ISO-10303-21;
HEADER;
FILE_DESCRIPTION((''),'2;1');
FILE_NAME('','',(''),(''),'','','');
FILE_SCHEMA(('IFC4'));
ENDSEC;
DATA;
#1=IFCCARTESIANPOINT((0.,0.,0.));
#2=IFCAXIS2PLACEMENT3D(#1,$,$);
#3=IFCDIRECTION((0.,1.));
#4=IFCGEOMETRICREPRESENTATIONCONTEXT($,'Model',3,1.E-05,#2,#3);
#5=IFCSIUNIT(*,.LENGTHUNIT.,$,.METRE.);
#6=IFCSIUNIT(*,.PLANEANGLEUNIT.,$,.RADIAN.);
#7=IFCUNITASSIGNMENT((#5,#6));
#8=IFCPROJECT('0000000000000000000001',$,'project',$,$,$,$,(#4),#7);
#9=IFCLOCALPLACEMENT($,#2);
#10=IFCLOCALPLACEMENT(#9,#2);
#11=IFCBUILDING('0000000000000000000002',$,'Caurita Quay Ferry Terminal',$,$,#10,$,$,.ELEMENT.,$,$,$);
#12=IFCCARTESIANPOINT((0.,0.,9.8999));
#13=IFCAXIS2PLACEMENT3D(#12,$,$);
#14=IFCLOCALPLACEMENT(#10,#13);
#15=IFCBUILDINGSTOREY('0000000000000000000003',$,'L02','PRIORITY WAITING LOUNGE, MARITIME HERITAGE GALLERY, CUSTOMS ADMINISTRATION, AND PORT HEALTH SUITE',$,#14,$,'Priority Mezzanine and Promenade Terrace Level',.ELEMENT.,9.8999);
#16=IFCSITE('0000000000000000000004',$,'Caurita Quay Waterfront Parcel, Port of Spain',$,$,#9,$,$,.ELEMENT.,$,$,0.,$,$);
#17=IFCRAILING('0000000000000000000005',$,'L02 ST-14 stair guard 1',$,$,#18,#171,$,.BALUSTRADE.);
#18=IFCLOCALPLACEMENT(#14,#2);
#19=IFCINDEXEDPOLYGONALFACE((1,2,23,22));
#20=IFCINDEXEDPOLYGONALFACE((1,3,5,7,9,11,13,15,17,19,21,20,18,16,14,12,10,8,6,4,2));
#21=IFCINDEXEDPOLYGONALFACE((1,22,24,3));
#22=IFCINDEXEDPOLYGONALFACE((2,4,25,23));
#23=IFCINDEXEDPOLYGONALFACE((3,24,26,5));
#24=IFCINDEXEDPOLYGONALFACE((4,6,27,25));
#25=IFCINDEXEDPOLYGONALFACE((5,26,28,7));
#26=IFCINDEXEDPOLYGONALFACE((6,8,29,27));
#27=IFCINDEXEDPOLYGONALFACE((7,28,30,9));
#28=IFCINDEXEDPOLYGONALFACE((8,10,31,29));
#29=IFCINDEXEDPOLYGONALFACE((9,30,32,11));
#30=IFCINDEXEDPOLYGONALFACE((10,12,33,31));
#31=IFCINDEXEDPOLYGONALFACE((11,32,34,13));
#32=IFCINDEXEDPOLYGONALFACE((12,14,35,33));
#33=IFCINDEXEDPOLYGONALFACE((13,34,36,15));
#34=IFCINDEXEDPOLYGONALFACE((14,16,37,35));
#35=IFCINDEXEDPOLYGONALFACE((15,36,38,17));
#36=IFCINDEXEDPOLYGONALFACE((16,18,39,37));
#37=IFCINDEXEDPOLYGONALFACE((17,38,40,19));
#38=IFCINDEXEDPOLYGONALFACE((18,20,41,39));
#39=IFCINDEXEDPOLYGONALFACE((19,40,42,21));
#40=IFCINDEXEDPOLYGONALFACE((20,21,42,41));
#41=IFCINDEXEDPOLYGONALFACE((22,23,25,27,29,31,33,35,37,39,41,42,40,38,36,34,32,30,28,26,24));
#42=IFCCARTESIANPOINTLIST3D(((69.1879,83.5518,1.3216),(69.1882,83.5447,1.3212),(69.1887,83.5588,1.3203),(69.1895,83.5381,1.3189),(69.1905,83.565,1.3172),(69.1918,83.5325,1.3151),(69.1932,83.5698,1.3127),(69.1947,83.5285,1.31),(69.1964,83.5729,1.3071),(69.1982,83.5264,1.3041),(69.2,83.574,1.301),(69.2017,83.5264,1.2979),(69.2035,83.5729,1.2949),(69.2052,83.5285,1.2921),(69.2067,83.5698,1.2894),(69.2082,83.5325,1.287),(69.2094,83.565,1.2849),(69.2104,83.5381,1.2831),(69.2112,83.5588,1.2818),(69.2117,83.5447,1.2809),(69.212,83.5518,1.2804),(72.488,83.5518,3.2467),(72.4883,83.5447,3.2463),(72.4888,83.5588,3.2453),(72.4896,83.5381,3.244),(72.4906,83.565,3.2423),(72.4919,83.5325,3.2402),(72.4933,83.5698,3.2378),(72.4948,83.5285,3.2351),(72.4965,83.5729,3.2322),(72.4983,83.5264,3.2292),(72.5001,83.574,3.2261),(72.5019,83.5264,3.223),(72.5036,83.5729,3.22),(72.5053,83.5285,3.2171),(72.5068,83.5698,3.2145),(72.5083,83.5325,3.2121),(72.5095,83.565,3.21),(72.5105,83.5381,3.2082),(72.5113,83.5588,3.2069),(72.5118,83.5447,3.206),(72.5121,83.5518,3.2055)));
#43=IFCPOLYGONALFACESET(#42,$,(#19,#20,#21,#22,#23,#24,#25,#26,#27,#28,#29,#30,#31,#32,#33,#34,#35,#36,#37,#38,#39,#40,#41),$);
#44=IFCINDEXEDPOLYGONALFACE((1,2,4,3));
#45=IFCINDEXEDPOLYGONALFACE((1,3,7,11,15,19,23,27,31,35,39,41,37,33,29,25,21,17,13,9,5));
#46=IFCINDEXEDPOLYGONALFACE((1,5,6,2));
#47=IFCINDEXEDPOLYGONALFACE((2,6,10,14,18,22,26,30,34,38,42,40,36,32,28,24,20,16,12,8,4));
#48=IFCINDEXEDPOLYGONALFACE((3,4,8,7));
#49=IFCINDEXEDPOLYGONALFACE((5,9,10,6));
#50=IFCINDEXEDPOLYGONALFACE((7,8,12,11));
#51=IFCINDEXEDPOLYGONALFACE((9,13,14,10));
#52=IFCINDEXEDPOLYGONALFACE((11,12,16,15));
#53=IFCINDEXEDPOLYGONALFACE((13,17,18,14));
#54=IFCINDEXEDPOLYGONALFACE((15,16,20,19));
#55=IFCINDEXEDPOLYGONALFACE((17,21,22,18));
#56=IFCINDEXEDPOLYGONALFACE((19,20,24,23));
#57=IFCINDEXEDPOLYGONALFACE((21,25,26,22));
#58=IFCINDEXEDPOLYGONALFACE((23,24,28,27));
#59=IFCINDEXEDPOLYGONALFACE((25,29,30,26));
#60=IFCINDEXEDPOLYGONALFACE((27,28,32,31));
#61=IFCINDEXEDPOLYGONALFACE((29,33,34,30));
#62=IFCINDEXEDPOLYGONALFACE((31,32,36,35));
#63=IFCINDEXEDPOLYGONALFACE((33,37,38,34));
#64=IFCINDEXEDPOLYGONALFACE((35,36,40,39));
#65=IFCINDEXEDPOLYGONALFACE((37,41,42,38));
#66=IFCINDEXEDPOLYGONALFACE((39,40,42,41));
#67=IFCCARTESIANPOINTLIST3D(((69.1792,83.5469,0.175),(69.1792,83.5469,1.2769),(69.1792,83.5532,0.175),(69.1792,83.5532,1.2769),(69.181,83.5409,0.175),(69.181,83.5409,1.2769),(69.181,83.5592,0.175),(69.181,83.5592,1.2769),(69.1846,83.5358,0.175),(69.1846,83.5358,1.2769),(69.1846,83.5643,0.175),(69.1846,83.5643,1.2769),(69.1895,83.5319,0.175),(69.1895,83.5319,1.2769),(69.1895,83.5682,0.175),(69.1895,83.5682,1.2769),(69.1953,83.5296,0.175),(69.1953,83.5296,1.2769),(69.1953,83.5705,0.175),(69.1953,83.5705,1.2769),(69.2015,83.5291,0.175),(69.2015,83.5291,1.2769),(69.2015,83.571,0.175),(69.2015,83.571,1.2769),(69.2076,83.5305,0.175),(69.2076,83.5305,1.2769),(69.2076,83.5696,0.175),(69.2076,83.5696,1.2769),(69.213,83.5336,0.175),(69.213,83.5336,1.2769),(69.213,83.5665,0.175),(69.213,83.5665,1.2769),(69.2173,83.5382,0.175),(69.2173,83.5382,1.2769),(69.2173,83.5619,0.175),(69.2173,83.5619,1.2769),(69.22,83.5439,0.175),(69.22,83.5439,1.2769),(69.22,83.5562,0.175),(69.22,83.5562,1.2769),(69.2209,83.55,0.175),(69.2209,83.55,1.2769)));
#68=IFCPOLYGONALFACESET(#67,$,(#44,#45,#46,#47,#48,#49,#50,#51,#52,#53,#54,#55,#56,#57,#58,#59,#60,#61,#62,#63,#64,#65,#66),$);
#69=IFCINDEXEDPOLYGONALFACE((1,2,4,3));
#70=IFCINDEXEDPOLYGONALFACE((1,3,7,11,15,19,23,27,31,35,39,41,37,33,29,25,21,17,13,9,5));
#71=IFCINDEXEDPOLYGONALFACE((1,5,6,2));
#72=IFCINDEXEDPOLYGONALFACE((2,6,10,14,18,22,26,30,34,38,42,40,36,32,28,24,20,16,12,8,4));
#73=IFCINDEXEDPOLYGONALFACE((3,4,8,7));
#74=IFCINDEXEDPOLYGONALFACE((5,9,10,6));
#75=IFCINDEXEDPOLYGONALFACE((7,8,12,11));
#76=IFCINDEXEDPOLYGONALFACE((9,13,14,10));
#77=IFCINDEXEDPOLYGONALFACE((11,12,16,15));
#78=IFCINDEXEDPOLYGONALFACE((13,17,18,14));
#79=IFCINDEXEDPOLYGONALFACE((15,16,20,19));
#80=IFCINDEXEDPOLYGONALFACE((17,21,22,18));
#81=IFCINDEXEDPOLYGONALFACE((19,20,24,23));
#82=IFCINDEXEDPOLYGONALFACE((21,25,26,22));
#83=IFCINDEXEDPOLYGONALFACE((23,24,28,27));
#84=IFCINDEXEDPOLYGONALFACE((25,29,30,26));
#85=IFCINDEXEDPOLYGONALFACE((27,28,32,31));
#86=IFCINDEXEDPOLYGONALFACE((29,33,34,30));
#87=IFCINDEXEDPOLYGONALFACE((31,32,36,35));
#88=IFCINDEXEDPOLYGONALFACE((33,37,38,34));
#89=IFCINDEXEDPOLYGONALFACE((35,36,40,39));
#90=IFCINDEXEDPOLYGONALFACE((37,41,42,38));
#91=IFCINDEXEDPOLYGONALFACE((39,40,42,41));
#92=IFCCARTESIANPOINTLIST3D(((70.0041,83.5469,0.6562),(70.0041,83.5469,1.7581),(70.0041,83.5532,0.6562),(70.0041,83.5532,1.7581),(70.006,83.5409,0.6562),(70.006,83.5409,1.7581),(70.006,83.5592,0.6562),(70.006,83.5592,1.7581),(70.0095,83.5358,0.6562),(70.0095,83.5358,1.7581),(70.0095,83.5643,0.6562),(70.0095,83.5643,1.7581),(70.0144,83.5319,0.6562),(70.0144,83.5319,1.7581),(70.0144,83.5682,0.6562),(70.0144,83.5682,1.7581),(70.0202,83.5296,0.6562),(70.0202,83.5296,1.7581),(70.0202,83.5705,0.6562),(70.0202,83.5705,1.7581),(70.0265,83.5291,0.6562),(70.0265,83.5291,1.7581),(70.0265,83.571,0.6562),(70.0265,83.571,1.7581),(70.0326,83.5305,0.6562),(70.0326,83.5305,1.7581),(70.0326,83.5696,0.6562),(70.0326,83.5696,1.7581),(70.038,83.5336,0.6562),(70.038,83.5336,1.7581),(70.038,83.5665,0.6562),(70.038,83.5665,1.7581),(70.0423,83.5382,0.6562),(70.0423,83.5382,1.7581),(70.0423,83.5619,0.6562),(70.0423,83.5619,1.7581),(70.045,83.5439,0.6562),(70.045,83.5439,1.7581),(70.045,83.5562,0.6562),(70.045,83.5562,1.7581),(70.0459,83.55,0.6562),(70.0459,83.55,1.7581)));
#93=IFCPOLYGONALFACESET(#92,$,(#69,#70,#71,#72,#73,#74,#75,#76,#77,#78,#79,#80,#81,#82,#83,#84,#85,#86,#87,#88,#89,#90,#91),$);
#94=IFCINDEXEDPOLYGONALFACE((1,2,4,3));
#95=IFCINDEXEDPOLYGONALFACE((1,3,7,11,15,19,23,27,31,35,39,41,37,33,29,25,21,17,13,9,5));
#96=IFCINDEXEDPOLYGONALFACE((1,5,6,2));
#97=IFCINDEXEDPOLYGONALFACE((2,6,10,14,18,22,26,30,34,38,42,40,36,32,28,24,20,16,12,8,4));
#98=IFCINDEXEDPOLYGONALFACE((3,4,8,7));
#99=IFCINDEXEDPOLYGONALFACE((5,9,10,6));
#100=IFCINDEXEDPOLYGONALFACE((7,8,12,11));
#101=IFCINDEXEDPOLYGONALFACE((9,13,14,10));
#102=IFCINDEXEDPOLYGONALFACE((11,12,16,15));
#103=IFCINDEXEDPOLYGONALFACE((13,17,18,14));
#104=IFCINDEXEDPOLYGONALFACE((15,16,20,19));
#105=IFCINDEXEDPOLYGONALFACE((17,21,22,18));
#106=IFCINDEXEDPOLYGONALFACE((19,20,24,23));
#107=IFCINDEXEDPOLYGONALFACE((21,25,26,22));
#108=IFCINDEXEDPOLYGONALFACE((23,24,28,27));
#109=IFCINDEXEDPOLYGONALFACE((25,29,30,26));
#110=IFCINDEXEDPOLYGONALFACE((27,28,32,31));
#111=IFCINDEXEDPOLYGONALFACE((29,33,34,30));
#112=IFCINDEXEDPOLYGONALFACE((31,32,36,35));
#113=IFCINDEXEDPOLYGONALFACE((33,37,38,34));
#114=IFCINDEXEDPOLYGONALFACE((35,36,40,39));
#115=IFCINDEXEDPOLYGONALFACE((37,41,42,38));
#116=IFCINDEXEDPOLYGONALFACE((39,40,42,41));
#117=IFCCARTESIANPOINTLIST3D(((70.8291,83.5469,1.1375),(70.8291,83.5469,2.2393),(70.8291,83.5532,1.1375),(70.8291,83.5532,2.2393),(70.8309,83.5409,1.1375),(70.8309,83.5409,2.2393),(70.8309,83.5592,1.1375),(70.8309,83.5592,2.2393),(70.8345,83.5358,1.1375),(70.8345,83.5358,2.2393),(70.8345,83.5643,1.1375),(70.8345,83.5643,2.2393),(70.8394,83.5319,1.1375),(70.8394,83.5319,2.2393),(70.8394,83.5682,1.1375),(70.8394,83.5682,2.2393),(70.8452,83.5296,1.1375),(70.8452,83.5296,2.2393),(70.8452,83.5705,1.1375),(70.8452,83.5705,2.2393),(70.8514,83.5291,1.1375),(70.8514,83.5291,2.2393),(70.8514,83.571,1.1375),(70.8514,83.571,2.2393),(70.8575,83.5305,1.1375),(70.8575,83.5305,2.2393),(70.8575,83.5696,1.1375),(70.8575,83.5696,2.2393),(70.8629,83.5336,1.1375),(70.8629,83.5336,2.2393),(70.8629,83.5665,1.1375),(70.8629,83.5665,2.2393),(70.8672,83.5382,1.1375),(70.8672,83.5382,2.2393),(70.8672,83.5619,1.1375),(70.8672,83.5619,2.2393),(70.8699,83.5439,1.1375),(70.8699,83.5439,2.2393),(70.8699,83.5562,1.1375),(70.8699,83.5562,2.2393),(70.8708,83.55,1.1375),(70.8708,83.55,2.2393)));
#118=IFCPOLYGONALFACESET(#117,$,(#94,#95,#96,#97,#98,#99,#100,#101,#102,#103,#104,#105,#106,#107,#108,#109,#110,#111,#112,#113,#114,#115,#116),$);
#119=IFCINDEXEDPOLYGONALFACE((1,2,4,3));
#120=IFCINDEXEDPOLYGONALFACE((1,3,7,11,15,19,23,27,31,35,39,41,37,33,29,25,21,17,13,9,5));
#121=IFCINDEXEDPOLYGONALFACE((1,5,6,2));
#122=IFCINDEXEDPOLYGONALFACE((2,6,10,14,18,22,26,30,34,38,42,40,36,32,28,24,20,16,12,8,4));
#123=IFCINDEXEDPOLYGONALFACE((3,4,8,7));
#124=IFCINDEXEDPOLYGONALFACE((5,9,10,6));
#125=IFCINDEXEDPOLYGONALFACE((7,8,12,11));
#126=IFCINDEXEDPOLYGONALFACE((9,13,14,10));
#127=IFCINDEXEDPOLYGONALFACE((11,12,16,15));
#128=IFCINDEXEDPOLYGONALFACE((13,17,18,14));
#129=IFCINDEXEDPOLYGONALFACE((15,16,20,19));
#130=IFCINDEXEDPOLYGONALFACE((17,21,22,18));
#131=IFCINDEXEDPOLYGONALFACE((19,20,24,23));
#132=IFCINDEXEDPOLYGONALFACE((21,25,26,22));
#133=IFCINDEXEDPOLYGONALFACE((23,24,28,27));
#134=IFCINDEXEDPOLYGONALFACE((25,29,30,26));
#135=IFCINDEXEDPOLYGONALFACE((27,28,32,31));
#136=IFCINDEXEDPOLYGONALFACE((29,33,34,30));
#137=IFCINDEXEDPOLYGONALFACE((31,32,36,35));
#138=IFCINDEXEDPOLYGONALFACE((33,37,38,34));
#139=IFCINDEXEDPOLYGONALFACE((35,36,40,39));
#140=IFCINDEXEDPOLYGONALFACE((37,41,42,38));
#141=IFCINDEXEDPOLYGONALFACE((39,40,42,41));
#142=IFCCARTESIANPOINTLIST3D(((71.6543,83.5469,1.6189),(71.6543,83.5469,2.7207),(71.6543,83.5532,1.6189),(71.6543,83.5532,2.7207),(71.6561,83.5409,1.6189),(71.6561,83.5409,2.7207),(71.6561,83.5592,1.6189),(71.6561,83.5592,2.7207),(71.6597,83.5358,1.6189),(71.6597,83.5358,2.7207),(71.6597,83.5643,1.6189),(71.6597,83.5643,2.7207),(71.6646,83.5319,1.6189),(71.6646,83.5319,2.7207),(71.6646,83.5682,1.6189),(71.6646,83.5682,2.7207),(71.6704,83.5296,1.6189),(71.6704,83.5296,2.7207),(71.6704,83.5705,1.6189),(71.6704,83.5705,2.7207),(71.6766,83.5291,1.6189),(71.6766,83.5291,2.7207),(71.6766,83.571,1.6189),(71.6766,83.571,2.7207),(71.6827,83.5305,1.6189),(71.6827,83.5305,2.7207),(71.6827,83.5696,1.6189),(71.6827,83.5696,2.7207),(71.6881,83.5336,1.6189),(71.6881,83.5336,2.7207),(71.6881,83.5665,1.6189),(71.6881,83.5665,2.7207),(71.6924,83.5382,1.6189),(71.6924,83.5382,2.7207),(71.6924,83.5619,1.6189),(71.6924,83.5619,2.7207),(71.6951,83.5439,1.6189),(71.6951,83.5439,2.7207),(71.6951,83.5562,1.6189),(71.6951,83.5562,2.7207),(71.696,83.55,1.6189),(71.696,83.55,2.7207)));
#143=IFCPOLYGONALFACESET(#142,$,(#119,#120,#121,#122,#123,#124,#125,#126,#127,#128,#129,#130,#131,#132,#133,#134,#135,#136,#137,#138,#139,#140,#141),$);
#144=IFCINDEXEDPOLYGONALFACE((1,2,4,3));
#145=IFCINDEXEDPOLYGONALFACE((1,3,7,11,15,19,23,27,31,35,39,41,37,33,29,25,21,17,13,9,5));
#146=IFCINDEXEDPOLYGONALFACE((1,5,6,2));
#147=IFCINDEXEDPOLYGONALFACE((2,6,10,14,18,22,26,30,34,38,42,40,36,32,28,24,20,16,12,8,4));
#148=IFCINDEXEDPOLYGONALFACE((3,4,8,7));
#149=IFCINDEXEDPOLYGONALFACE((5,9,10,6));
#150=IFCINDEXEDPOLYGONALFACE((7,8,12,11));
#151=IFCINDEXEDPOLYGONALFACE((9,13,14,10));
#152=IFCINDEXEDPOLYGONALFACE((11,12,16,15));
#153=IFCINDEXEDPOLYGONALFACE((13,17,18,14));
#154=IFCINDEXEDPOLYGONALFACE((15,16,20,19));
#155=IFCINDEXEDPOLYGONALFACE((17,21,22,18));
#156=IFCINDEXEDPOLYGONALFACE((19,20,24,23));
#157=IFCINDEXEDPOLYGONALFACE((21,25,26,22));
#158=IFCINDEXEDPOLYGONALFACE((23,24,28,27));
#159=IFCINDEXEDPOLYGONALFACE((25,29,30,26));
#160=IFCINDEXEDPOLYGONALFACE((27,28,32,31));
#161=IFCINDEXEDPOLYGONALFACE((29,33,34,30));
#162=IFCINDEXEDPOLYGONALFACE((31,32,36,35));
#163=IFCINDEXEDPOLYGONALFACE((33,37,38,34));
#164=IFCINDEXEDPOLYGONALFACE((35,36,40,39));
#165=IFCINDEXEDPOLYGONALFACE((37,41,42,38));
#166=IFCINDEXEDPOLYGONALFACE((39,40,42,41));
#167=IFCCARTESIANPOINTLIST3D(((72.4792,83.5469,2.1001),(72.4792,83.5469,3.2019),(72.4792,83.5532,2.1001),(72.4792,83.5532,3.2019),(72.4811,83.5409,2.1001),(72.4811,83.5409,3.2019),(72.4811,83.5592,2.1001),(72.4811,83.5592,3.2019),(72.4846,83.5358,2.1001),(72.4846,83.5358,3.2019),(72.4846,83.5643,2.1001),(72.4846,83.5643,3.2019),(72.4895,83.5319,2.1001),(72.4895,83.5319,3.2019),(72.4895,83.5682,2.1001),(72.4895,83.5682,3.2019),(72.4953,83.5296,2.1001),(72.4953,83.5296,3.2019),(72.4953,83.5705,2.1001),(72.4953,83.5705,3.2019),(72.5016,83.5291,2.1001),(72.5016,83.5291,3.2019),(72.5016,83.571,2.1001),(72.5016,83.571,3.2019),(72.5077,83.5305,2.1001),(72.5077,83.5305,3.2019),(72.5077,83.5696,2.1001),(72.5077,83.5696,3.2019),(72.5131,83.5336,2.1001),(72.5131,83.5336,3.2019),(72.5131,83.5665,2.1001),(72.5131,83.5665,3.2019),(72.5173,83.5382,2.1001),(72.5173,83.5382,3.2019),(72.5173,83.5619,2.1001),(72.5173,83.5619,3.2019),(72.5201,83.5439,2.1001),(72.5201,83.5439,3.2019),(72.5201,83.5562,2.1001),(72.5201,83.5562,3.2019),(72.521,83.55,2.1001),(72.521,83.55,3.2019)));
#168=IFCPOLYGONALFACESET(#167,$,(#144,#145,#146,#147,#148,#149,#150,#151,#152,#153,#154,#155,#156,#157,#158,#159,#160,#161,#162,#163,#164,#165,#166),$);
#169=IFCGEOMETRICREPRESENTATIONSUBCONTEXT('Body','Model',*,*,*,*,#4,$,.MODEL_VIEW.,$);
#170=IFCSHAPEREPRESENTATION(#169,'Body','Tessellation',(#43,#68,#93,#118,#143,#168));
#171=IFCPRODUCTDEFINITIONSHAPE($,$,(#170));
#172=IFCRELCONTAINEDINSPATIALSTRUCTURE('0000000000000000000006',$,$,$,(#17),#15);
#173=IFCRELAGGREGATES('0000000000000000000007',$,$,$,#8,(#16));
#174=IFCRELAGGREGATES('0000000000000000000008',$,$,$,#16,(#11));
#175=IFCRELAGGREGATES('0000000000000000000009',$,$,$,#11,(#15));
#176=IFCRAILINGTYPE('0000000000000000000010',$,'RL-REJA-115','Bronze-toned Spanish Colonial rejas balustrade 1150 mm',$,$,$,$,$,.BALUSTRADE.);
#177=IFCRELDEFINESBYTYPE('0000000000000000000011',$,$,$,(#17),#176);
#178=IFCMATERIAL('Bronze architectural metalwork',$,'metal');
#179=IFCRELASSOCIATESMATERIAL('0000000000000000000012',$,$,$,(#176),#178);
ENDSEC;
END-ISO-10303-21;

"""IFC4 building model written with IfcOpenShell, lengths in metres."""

from ifc_helpers import new_model, si_unit, direction, frame, origin, origin_2d, place, context, subcontext, project, spatial, circle, extrude, material, type_object, element, save


model = new_model("IFC4")

# Units and contexts
model_context = context("Model", 3, precision=1e-05, world=origin(), true_north=direction((0.0, 1.0)))
body_context = subcontext(model_context, "Body", "Model", "MODEL_VIEW")
ifc_project = project(units=[si_unit("LENGTHUNIT", "METRE"), si_unit("PLANEANGLEUNIT", "RADIAN")], contexts=[model_context])

# Site, building, storey
site_placement = place(None, origin())
site = spatial("IfcSite", under=ifc_project, at=site_placement, Name="Caurita Quay Waterfront Parcel, Port of Spain", CompositionType="ELEMENT", RefElevation=0.0)
building_placement = place(site_placement, origin())
building = spatial("IfcBuilding", under=site, at=building_placement, Name="Caurita Quay Ferry Terminal", CompositionType="ELEMENT")
storey_placement = place(building_placement, frame((0.0, 0.0, 9.8999)))
storey = spatial("IfcBuildingStorey", under=building, at=storey_placement, Name="L02", Description="PRIORITY WAITING LOUNGE, MARITIME HERITAGE GALLERY, CUSTOMS ADMINISTRATION, AND PORT HEALTH SUITE", LongName="Priority Mezzanine and Promenade Terrace Level", CompositionType="ELEMENT", Elevation=9.8999)

# Railing
ifc_material_1 = material(Name="Bronze architectural metalwork", Category="metal")
railing_type_1 = type_object("IfcRailingType", Name="RL-REJA-115", Description="Bronze-toned Spanish Colonial rejas balustrade 1150 mm", PredefinedType="BALUSTRADE", material=ifc_material_1)
railing_1_placement = place(storey_placement, frame((69.2, 83.55, 0.175)))
element("IfcRailing", 1, at=railing_1_placement, inside=storey, type_object=railing_type_1, Name="L02 ST-14 stair guard 1", PredefinedType="BALUSTRADE", context=body_context, shape_type="SweptSolid", body=[
    extrude(circle(Radius=0.0239, at=origin_2d()), frame((0.0, 0.0, 1.126), z_axis=(0.863777, 0.0, 0.503875), x_axis=(0.0, 1.0, 0.0)), (0.0, 0.0, 1.0), 3.8206),
    extrude(circle(Radius=0.021, at=origin_2d()), origin(), (0.0, 0.0, 1.0), 1.1018),
    extrude(circle(Radius=0.021, at=origin_2d()), frame((0.825, 0.0, 0.4812)), (0.0, 0.0, 1.0), 1.1018),
    extrude(circle(Radius=0.021, at=origin_2d()), frame((1.6499, 0.0, 0.9624)), (0.0, 0.0, 1.0), 1.1018),
    extrude(circle(Radius=0.021, at=origin_2d()), frame((2.4751, 0.0, 1.4438)), (0.0, 0.0, 1.0), 1.1018),
    extrude(circle(Radius=0.021, at=origin_2d()), frame((3.3, 0.0, 1.925)), (0.0, 0.0, 1.0), 1.1018),
])

save(model, "model.ifc")
